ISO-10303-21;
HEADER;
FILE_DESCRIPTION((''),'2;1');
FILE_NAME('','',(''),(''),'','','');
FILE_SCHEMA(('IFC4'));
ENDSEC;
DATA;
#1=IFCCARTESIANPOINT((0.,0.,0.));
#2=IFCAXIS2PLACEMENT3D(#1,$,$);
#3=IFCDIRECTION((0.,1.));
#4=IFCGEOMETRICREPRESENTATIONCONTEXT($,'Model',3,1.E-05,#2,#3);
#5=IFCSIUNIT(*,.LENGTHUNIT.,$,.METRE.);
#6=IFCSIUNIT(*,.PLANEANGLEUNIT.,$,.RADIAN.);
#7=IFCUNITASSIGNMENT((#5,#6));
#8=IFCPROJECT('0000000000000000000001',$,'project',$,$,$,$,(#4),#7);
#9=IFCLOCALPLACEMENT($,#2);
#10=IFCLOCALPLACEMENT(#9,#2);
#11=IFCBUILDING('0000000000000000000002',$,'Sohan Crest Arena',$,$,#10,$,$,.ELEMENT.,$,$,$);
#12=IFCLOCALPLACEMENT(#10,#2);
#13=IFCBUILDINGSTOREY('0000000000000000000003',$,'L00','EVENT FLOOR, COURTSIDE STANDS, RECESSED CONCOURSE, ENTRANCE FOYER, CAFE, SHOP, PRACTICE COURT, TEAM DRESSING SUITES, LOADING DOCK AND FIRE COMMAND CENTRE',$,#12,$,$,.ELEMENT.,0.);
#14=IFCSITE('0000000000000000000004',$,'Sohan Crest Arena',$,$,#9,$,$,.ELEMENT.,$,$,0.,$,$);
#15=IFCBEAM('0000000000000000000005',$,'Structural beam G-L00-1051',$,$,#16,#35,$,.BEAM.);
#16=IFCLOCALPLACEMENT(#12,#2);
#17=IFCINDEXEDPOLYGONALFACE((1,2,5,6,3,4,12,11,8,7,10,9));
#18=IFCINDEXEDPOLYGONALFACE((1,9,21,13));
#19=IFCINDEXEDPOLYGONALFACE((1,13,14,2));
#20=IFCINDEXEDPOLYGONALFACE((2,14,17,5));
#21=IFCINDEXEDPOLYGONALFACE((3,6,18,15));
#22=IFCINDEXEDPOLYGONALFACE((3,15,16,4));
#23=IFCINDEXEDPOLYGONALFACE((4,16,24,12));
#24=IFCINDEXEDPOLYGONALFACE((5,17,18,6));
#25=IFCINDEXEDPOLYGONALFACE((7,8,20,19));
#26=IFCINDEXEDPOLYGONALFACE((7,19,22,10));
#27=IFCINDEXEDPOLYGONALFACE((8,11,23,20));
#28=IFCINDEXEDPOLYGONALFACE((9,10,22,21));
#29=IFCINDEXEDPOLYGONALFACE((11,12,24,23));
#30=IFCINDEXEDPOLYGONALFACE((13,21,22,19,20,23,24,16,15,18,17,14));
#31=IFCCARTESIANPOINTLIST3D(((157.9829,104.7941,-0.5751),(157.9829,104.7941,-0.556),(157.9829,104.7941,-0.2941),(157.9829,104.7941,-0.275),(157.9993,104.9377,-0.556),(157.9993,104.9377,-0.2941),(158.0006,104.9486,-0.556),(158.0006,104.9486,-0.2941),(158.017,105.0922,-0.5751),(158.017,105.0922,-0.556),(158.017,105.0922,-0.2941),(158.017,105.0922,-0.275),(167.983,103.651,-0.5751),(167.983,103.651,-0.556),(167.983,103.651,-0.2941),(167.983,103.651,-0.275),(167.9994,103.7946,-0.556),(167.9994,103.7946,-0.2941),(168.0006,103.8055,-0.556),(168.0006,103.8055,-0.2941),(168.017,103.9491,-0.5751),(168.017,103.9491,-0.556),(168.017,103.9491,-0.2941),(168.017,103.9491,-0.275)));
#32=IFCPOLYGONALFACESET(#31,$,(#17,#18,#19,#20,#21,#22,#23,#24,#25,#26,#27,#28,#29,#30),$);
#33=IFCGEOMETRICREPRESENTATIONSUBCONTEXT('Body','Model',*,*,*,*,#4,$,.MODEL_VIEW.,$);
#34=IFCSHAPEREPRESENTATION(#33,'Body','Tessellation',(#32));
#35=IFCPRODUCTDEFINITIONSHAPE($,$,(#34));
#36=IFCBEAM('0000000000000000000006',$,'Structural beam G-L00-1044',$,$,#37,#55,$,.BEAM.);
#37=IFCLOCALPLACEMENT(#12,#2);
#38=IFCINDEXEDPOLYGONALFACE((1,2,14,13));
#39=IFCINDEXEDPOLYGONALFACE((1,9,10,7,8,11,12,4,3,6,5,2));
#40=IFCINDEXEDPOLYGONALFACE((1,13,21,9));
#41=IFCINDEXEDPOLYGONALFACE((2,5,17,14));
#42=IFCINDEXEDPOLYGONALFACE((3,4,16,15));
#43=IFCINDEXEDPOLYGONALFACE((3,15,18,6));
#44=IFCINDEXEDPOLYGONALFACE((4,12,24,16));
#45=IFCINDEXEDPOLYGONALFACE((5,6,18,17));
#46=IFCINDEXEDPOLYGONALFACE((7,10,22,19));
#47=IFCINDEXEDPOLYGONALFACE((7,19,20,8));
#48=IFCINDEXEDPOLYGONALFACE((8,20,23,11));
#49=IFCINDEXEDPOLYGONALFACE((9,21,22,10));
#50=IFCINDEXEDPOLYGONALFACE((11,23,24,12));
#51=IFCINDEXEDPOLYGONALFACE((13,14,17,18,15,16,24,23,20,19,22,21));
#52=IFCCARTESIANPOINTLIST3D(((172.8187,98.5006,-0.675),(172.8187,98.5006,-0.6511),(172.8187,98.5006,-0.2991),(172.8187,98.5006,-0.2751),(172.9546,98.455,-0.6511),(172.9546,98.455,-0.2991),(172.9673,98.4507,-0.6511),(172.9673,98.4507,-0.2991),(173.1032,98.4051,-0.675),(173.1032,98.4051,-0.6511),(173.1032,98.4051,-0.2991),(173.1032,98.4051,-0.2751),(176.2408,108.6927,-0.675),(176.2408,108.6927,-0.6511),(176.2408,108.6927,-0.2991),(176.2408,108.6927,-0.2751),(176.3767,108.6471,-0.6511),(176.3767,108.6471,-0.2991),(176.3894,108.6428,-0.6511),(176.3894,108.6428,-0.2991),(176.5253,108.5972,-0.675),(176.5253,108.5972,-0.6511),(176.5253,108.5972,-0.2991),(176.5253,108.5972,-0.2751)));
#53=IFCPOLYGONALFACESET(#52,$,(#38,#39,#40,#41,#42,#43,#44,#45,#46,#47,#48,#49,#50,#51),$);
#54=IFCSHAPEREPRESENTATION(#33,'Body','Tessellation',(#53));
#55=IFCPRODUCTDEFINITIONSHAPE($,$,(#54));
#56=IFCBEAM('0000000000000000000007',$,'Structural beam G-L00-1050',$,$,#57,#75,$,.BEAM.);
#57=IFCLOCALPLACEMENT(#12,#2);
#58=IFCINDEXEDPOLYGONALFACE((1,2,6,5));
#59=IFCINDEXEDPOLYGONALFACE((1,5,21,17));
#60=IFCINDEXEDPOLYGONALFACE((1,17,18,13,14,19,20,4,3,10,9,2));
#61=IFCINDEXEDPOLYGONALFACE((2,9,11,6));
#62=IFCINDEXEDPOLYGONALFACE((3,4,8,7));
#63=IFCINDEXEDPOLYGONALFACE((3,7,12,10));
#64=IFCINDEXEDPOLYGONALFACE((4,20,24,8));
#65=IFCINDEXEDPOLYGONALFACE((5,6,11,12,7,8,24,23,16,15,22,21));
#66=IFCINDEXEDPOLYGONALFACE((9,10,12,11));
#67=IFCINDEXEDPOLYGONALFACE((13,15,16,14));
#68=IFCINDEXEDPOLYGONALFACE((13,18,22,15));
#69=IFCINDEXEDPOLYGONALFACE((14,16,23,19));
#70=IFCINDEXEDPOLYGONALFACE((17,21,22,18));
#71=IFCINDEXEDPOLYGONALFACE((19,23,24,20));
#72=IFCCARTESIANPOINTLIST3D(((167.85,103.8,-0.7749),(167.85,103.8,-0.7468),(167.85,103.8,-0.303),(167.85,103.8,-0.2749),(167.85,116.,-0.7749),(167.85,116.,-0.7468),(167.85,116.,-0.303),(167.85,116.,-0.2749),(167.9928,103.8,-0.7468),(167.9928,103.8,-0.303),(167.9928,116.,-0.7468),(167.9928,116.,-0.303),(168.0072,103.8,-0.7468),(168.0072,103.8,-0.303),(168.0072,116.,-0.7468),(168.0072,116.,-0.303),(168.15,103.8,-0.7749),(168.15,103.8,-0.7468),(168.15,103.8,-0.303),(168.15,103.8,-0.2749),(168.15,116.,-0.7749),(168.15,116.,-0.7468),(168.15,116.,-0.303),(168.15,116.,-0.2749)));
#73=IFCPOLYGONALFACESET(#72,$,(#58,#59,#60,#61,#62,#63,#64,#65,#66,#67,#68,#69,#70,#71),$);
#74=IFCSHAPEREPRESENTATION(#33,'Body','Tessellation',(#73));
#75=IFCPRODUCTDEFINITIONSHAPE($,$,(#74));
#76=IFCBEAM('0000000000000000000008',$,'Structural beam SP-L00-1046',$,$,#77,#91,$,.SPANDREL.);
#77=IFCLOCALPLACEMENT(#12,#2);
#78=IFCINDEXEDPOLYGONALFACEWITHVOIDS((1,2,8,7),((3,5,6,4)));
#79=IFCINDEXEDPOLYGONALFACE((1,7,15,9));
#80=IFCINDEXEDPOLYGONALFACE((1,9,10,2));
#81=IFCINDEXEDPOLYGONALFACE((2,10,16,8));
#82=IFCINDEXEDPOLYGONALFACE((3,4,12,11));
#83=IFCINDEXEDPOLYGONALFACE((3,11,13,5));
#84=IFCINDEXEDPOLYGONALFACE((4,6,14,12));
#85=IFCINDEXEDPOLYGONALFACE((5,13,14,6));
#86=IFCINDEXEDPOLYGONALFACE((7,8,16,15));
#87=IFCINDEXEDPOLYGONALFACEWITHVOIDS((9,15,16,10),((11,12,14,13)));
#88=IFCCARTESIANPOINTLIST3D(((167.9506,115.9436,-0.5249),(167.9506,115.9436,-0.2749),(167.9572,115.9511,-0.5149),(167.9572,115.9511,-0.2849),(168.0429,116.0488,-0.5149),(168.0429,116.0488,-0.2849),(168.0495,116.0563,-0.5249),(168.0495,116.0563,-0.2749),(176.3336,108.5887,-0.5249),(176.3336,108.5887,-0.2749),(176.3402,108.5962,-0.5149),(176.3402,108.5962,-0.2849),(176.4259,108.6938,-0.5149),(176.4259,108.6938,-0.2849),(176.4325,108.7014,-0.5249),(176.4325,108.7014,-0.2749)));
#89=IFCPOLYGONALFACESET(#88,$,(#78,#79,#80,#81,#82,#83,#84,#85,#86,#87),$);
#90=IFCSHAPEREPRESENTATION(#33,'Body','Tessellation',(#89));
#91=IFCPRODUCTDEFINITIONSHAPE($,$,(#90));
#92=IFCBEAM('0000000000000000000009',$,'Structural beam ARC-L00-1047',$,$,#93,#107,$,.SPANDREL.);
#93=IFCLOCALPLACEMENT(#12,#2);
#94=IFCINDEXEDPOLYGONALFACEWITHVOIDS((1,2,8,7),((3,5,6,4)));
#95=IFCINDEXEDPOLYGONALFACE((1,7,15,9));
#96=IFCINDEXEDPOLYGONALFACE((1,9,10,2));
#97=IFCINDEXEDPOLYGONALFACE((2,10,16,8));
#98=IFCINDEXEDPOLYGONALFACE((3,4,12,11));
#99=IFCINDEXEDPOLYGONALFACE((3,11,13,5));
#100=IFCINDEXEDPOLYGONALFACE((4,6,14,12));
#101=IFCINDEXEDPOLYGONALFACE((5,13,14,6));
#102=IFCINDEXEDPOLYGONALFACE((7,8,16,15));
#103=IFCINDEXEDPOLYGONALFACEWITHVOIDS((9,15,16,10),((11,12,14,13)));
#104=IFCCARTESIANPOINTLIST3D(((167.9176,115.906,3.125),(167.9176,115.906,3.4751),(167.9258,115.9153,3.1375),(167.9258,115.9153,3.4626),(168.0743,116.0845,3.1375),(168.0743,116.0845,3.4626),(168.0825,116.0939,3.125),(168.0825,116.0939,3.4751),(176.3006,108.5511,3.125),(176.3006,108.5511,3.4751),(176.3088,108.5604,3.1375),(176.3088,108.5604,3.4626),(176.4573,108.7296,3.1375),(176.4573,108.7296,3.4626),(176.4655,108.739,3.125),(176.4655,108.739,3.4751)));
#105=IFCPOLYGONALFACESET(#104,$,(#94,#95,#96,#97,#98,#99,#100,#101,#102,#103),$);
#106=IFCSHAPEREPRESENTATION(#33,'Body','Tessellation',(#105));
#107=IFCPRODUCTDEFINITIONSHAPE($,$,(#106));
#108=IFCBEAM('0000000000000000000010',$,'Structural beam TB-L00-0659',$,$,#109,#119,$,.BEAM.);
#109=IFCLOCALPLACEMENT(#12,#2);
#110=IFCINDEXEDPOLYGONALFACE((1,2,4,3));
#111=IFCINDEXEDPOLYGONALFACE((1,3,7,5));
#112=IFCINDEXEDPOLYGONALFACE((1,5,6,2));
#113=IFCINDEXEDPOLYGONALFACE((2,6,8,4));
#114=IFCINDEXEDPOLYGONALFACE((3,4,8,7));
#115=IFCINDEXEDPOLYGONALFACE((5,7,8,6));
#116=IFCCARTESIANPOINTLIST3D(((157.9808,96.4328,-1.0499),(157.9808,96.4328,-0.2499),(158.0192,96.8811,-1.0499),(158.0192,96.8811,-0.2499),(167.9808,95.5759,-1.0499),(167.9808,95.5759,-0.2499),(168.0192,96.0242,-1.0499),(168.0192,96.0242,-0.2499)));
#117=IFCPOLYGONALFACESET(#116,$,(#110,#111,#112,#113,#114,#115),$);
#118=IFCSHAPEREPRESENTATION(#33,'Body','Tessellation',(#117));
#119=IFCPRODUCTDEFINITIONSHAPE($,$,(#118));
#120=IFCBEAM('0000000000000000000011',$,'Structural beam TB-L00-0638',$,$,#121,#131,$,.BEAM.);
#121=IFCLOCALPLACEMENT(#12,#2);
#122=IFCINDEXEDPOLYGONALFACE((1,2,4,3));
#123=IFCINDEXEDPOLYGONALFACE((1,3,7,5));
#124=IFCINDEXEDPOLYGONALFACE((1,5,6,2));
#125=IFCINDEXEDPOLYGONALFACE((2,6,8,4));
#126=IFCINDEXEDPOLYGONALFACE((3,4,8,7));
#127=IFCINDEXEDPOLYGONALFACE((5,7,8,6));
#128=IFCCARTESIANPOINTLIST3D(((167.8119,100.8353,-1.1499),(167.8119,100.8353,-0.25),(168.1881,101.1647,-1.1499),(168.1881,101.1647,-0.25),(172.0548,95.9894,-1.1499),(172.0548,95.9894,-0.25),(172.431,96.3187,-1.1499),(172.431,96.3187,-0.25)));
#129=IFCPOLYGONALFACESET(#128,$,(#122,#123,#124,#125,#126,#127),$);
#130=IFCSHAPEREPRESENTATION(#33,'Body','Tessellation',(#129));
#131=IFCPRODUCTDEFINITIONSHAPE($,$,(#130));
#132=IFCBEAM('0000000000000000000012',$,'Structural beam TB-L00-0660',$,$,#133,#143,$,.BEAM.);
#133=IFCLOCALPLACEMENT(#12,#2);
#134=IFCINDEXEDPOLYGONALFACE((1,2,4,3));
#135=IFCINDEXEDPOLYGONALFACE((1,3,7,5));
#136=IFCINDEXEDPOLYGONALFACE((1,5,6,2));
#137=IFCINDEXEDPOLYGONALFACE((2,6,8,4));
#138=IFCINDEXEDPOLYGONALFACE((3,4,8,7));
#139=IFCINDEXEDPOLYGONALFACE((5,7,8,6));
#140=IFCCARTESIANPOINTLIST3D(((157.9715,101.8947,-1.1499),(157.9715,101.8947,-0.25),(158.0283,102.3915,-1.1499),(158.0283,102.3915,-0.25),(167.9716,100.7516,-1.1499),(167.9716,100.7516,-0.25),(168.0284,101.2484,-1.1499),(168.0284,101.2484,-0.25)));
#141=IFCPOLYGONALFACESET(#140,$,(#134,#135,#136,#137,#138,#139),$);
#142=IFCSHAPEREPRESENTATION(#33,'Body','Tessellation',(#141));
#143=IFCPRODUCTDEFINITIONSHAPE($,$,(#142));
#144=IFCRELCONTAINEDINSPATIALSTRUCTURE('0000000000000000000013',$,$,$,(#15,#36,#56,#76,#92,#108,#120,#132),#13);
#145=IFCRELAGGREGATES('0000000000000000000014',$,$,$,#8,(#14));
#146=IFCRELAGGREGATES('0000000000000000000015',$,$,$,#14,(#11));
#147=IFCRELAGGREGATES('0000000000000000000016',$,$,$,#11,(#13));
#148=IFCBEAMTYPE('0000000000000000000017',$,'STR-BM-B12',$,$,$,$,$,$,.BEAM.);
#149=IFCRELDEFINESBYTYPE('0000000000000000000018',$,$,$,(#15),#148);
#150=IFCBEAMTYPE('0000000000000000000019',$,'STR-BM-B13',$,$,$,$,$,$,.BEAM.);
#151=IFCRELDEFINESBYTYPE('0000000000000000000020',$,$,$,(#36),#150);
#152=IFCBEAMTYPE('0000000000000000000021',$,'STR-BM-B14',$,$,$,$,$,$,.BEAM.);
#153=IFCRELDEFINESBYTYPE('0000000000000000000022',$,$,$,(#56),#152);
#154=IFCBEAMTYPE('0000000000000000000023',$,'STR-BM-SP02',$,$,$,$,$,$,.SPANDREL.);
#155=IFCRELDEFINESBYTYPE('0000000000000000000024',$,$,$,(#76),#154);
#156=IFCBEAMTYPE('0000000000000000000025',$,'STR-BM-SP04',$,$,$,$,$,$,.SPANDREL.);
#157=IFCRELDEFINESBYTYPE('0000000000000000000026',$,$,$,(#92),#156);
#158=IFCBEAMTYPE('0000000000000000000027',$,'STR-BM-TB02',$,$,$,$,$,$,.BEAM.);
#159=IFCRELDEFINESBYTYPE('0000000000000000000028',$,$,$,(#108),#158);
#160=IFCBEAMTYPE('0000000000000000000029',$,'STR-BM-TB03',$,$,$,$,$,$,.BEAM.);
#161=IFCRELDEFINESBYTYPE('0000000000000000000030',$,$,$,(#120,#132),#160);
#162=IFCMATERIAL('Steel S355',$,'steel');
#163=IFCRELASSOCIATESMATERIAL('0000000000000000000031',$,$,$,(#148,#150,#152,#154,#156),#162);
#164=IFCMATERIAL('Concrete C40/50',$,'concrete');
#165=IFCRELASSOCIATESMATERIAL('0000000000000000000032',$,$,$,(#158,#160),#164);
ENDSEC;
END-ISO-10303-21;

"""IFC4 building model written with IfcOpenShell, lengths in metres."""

from ifc_helpers import new_model, si_unit, direction, frame, origin, origin_2d, place, context, subcontext, project, spatial, rectangle, hollow_rectangle, i_section, extrude, material, material_profile, profile_set, type_object, element, save


model = new_model("IFC4")

# Units and contexts
model_context = context("Model", 3, precision=1e-05, world=origin(), true_north=direction((0.0, 1.0)))
body_context = subcontext(model_context, "Body", "Model", "MODEL_VIEW")
ifc_project = project(units=[si_unit("LENGTHUNIT", "METRE"), si_unit("PLANEANGLEUNIT", "RADIAN")], contexts=[model_context])

# Site, building, storey
site_placement = place(None, origin())
site = spatial("IfcSite", under=ifc_project, at=site_placement, Name="Sohan Crest Arena", CompositionType="ELEMENT", RefElevation=0.0)
building_placement = place(site_placement, origin())
building = spatial("IfcBuilding", under=site, at=building_placement, Name="Sohan Crest Arena", CompositionType="ELEMENT")
storey_placement = place(building_placement, origin())
storey = spatial("IfcBuildingStorey", under=building, at=storey_placement, Name="L00", Description="EVENT FLOOR, COURTSIDE STANDS, RECESSED CONCOURSE, ENTRANCE FOYER, CAFE, SHOP, PRACTICE COURT, TEAM DRESSING SUITES, LOADING DOCK AND FIRE COMMAND CENTRE", CompositionType="ELEMENT", Elevation=0.0)

# Shared definitions
ifc_material_1 = material(Name="Concrete C40/50", Category="concrete")
ifc_material_2 = material(Name="Steel S355", Category="steel")

# Beams
ifc_material_profile_1 = material_profile(ifc_material_2, i_section(OverallWidth=0.3, OverallDepth=0.3, WebThickness=0.011, FlangeThickness=0.019, at=origin_2d()), Name="HEB 300")
ifc_profile_set_1 = profile_set([ifc_material_profile_1], Name="Steel S355")
beam_type_1 = type_object("IfcBeamType", Name="STR-BM-B12", PredefinedType="BEAM", material=ifc_profile_set_1)
beam_1_placement = place(storey_placement, frame((168.0, 103.8, -0.425), z_axis=(-0.99353, 0.113567, 0.0), x_axis=(-0.113567, -0.99353, 0.0)))
element("IfcBeam", 1, at=beam_1_placement, inside=storey, type_object=beam_type_1, Name="Structural beam G-L00-1051", PredefinedType="BEAM", context=body_context, shape_type="SweptSolid", body=[
    extrude(i_section(OverallWidth=0.3, OverallDepth=0.3, WebThickness=0.011, FlangeThickness=0.019, at=origin_2d()), origin(), (0.0, 0.0, 1.0), 10.0652),
])
ifc_material_profile_2 = material_profile(ifc_material_2, i_section(OverallWidth=0.3, OverallDepth=0.3999, WebThickness=0.0134, FlangeThickness=0.0239, at=origin_2d()), Name="HEB 400")
ifc_profile_set_2 = profile_set([ifc_material_profile_2], Name="Steel S355")
beam_type_2 = type_object("IfcBeamType", Name="STR-BM-B13", PredefinedType="BEAM", material=ifc_profile_set_2)
beam_2_placement = place(storey_placement, frame((172.9609, 98.4529, -0.4751), z_axis=(0.318298, 0.947991, 0.0), x_axis=(-0.947991, 0.318298, 0.0)))
element("IfcBeam", 2, at=beam_2_placement, inside=storey, type_object=beam_type_2, Name="Structural beam G-L00-1044", PredefinedType="BEAM", context=body_context, shape_type="SweptSolid", body=[
    extrude(i_section(OverallWidth=0.3, OverallDepth=0.3999, WebThickness=0.0134, FlangeThickness=0.0239, at=origin_2d()), origin(), (0.0, 0.0, 1.0), 10.7512),
])
ifc_material_profile_3 = material_profile(ifc_material_2, i_section(OverallWidth=0.3, OverallDepth=0.5, WebThickness=0.0144, FlangeThickness=0.0281, at=origin_2d()), Name="HEB 500")
ifc_profile_set_3 = profile_set([ifc_material_profile_3], Name="Steel S355")
beam_type_3 = type_object("IfcBeamType", Name="STR-BM-B14", PredefinedType="BEAM", material=ifc_profile_set_3)
beam_3_placement = place(storey_placement, frame((168.0, 103.8, -0.5249), z_axis=(0.0, 1.0, 0.0), x_axis=(-1.0, 0.0, 0.0)))
element("IfcBeam", 3, at=beam_3_placement, inside=storey, type_object=beam_type_3, Name="Structural beam G-L00-1050", PredefinedType="BEAM", context=body_context, shape_type="SweptSolid", body=[
    extrude(i_section(OverallWidth=0.3, OverallDepth=0.5, WebThickness=0.0144, FlangeThickness=0.0281, at=origin_2d()), origin(), (0.0, 0.0, 1.0), 12.2),
])
ifc_material_profile_4 = material_profile(ifc_material_2, hollow_rectangle(XDim=0.1499, YDim=0.25, WallThickness=0.01, at=origin_2d()), Name="RHS 250x150x10")
ifc_profile_set_4 = profile_set([ifc_material_profile_4], Name="Steel S355")
beam_type_4 = type_object("IfcBeamType", Name="STR-BM-SP02", PredefinedType="SPANDREL", material=ifc_profile_set_4)
beam_4_placement = place(storey_placement, frame((176.3831, 108.645, -0.3999), z_axis=(-0.751696, 0.65951, 0.0), x_axis=(-0.65951, -0.751696, 0.0)))
element("IfcBeam", 4, at=beam_4_placement, inside=storey, type_object=beam_type_4, Name="Structural beam SP-L00-1046", PredefinedType="SPANDREL", context=body_context, shape_type="SweptSolid", body=[
    extrude(hollow_rectangle(XDim=0.1499, YDim=0.25, WallThickness=0.01, at=origin_2d()), origin(), (0.0, 0.0, 1.0), 11.1521),
])
ifc_material_profile_5 = material_profile(ifc_material_2, hollow_rectangle(XDim=0.25, YDim=0.3501, WallThickness=0.0125, at=origin_2d()), Name="RHS 350x250x12.5")
ifc_profile_set_5 = profile_set([ifc_material_profile_5], Name="Steel S355")
beam_type_5 = type_object("IfcBeamType", Name="STR-BM-SP04", PredefinedType="SPANDREL", material=ifc_profile_set_5)
beam_5_placement = place(storey_placement, frame((176.3831, 108.645, 3.3), z_axis=(-0.751696, 0.65951, 0.0), x_axis=(-0.65951, -0.751696, 0.0)))
element("IfcBeam", 5, at=beam_5_placement, inside=storey, type_object=beam_type_5, Name="Structural beam ARC-L00-1047", PredefinedType="SPANDREL", context=body_context, shape_type="SweptSolid", body=[
    extrude(hollow_rectangle(XDim=0.25, YDim=0.3501, WallThickness=0.0125, at=origin_2d()), origin(), (0.0, 0.0, 1.0), 11.1521),
])
ifc_material_profile_6 = material_profile(ifc_material_1, rectangle(XDim=0.45, YDim=0.8, at=origin_2d()), Name="RC-BM 450x800")
ifc_profile_set_6 = profile_set([ifc_material_profile_6], Name="Concrete C40/50")
beam_type_6 = type_object("IfcBeamType", Name="STR-BM-TB02", PredefinedType="BEAM", material=ifc_profile_set_6)
beam_6_placement = place(storey_placement, frame((168.0, 95.8, -0.6499), z_axis=(-0.996348, 0.08538, 0.0), x_axis=(-0.08538, -0.996348, 0.0)))
element("IfcBeam", 6, at=beam_6_placement, inside=storey, type_object=beam_type_6, Name="Structural beam TB-L00-0659", PredefinedType="BEAM", context=body_context, shape_type="SweptSolid", body=[
    extrude(rectangle(XDim=0.45, YDim=0.8, at=origin_2d()), origin(), (0.0, 0.0, 1.0), 10.0366),
])
ifc_material_profile_7 = material_profile(ifc_material_1, rectangle(XDim=0.5, YDim=0.8999, at=origin_2d()), Name="RC-BM 500x900")
ifc_profile_set_7 = profile_set([ifc_material_profile_7], Name="Concrete C40/50")
beam_type_7 = type_object("IfcBeamType", Name="STR-BM-TB03", PredefinedType="BEAM", material=ifc_profile_set_7)
beam_7_placement = place(storey_placement, frame((172.2429, 96.1541, -0.7), z_axis=(-0.658743, 0.752368, 0.0), x_axis=(-0.752368, -0.658743, 0.0)))
element("IfcBeam", 7, at=beam_7_placement, inside=storey, type_object=beam_type_7, Name="Structural beam TB-L00-0638", PredefinedType="BEAM", context=body_context, shape_type="SweptSolid", body=[
    extrude(rectangle(XDim=0.5, YDim=0.8999, at=origin_2d()), origin(), (0.0, 0.0, 1.0), 6.4409),
])
beam_8_placement = place(storey_placement, frame((168.0, 101.0, -0.7), z_axis=(-0.99353, 0.113567, 0.0), x_axis=(-0.113567, -0.99353, 0.0)))
element("IfcBeam", 8, at=beam_8_placement, inside=storey, type_object=beam_type_7, Name="Structural beam TB-L00-0660", PredefinedType="BEAM", context=body_context, shape_type="SweptSolid", body=[
    extrude(rectangle(XDim=0.5, YDim=0.8999, at=origin_2d()), origin(), (0.0, 0.0, 1.0), 10.0652),
])

save(model, "model.ifc")
